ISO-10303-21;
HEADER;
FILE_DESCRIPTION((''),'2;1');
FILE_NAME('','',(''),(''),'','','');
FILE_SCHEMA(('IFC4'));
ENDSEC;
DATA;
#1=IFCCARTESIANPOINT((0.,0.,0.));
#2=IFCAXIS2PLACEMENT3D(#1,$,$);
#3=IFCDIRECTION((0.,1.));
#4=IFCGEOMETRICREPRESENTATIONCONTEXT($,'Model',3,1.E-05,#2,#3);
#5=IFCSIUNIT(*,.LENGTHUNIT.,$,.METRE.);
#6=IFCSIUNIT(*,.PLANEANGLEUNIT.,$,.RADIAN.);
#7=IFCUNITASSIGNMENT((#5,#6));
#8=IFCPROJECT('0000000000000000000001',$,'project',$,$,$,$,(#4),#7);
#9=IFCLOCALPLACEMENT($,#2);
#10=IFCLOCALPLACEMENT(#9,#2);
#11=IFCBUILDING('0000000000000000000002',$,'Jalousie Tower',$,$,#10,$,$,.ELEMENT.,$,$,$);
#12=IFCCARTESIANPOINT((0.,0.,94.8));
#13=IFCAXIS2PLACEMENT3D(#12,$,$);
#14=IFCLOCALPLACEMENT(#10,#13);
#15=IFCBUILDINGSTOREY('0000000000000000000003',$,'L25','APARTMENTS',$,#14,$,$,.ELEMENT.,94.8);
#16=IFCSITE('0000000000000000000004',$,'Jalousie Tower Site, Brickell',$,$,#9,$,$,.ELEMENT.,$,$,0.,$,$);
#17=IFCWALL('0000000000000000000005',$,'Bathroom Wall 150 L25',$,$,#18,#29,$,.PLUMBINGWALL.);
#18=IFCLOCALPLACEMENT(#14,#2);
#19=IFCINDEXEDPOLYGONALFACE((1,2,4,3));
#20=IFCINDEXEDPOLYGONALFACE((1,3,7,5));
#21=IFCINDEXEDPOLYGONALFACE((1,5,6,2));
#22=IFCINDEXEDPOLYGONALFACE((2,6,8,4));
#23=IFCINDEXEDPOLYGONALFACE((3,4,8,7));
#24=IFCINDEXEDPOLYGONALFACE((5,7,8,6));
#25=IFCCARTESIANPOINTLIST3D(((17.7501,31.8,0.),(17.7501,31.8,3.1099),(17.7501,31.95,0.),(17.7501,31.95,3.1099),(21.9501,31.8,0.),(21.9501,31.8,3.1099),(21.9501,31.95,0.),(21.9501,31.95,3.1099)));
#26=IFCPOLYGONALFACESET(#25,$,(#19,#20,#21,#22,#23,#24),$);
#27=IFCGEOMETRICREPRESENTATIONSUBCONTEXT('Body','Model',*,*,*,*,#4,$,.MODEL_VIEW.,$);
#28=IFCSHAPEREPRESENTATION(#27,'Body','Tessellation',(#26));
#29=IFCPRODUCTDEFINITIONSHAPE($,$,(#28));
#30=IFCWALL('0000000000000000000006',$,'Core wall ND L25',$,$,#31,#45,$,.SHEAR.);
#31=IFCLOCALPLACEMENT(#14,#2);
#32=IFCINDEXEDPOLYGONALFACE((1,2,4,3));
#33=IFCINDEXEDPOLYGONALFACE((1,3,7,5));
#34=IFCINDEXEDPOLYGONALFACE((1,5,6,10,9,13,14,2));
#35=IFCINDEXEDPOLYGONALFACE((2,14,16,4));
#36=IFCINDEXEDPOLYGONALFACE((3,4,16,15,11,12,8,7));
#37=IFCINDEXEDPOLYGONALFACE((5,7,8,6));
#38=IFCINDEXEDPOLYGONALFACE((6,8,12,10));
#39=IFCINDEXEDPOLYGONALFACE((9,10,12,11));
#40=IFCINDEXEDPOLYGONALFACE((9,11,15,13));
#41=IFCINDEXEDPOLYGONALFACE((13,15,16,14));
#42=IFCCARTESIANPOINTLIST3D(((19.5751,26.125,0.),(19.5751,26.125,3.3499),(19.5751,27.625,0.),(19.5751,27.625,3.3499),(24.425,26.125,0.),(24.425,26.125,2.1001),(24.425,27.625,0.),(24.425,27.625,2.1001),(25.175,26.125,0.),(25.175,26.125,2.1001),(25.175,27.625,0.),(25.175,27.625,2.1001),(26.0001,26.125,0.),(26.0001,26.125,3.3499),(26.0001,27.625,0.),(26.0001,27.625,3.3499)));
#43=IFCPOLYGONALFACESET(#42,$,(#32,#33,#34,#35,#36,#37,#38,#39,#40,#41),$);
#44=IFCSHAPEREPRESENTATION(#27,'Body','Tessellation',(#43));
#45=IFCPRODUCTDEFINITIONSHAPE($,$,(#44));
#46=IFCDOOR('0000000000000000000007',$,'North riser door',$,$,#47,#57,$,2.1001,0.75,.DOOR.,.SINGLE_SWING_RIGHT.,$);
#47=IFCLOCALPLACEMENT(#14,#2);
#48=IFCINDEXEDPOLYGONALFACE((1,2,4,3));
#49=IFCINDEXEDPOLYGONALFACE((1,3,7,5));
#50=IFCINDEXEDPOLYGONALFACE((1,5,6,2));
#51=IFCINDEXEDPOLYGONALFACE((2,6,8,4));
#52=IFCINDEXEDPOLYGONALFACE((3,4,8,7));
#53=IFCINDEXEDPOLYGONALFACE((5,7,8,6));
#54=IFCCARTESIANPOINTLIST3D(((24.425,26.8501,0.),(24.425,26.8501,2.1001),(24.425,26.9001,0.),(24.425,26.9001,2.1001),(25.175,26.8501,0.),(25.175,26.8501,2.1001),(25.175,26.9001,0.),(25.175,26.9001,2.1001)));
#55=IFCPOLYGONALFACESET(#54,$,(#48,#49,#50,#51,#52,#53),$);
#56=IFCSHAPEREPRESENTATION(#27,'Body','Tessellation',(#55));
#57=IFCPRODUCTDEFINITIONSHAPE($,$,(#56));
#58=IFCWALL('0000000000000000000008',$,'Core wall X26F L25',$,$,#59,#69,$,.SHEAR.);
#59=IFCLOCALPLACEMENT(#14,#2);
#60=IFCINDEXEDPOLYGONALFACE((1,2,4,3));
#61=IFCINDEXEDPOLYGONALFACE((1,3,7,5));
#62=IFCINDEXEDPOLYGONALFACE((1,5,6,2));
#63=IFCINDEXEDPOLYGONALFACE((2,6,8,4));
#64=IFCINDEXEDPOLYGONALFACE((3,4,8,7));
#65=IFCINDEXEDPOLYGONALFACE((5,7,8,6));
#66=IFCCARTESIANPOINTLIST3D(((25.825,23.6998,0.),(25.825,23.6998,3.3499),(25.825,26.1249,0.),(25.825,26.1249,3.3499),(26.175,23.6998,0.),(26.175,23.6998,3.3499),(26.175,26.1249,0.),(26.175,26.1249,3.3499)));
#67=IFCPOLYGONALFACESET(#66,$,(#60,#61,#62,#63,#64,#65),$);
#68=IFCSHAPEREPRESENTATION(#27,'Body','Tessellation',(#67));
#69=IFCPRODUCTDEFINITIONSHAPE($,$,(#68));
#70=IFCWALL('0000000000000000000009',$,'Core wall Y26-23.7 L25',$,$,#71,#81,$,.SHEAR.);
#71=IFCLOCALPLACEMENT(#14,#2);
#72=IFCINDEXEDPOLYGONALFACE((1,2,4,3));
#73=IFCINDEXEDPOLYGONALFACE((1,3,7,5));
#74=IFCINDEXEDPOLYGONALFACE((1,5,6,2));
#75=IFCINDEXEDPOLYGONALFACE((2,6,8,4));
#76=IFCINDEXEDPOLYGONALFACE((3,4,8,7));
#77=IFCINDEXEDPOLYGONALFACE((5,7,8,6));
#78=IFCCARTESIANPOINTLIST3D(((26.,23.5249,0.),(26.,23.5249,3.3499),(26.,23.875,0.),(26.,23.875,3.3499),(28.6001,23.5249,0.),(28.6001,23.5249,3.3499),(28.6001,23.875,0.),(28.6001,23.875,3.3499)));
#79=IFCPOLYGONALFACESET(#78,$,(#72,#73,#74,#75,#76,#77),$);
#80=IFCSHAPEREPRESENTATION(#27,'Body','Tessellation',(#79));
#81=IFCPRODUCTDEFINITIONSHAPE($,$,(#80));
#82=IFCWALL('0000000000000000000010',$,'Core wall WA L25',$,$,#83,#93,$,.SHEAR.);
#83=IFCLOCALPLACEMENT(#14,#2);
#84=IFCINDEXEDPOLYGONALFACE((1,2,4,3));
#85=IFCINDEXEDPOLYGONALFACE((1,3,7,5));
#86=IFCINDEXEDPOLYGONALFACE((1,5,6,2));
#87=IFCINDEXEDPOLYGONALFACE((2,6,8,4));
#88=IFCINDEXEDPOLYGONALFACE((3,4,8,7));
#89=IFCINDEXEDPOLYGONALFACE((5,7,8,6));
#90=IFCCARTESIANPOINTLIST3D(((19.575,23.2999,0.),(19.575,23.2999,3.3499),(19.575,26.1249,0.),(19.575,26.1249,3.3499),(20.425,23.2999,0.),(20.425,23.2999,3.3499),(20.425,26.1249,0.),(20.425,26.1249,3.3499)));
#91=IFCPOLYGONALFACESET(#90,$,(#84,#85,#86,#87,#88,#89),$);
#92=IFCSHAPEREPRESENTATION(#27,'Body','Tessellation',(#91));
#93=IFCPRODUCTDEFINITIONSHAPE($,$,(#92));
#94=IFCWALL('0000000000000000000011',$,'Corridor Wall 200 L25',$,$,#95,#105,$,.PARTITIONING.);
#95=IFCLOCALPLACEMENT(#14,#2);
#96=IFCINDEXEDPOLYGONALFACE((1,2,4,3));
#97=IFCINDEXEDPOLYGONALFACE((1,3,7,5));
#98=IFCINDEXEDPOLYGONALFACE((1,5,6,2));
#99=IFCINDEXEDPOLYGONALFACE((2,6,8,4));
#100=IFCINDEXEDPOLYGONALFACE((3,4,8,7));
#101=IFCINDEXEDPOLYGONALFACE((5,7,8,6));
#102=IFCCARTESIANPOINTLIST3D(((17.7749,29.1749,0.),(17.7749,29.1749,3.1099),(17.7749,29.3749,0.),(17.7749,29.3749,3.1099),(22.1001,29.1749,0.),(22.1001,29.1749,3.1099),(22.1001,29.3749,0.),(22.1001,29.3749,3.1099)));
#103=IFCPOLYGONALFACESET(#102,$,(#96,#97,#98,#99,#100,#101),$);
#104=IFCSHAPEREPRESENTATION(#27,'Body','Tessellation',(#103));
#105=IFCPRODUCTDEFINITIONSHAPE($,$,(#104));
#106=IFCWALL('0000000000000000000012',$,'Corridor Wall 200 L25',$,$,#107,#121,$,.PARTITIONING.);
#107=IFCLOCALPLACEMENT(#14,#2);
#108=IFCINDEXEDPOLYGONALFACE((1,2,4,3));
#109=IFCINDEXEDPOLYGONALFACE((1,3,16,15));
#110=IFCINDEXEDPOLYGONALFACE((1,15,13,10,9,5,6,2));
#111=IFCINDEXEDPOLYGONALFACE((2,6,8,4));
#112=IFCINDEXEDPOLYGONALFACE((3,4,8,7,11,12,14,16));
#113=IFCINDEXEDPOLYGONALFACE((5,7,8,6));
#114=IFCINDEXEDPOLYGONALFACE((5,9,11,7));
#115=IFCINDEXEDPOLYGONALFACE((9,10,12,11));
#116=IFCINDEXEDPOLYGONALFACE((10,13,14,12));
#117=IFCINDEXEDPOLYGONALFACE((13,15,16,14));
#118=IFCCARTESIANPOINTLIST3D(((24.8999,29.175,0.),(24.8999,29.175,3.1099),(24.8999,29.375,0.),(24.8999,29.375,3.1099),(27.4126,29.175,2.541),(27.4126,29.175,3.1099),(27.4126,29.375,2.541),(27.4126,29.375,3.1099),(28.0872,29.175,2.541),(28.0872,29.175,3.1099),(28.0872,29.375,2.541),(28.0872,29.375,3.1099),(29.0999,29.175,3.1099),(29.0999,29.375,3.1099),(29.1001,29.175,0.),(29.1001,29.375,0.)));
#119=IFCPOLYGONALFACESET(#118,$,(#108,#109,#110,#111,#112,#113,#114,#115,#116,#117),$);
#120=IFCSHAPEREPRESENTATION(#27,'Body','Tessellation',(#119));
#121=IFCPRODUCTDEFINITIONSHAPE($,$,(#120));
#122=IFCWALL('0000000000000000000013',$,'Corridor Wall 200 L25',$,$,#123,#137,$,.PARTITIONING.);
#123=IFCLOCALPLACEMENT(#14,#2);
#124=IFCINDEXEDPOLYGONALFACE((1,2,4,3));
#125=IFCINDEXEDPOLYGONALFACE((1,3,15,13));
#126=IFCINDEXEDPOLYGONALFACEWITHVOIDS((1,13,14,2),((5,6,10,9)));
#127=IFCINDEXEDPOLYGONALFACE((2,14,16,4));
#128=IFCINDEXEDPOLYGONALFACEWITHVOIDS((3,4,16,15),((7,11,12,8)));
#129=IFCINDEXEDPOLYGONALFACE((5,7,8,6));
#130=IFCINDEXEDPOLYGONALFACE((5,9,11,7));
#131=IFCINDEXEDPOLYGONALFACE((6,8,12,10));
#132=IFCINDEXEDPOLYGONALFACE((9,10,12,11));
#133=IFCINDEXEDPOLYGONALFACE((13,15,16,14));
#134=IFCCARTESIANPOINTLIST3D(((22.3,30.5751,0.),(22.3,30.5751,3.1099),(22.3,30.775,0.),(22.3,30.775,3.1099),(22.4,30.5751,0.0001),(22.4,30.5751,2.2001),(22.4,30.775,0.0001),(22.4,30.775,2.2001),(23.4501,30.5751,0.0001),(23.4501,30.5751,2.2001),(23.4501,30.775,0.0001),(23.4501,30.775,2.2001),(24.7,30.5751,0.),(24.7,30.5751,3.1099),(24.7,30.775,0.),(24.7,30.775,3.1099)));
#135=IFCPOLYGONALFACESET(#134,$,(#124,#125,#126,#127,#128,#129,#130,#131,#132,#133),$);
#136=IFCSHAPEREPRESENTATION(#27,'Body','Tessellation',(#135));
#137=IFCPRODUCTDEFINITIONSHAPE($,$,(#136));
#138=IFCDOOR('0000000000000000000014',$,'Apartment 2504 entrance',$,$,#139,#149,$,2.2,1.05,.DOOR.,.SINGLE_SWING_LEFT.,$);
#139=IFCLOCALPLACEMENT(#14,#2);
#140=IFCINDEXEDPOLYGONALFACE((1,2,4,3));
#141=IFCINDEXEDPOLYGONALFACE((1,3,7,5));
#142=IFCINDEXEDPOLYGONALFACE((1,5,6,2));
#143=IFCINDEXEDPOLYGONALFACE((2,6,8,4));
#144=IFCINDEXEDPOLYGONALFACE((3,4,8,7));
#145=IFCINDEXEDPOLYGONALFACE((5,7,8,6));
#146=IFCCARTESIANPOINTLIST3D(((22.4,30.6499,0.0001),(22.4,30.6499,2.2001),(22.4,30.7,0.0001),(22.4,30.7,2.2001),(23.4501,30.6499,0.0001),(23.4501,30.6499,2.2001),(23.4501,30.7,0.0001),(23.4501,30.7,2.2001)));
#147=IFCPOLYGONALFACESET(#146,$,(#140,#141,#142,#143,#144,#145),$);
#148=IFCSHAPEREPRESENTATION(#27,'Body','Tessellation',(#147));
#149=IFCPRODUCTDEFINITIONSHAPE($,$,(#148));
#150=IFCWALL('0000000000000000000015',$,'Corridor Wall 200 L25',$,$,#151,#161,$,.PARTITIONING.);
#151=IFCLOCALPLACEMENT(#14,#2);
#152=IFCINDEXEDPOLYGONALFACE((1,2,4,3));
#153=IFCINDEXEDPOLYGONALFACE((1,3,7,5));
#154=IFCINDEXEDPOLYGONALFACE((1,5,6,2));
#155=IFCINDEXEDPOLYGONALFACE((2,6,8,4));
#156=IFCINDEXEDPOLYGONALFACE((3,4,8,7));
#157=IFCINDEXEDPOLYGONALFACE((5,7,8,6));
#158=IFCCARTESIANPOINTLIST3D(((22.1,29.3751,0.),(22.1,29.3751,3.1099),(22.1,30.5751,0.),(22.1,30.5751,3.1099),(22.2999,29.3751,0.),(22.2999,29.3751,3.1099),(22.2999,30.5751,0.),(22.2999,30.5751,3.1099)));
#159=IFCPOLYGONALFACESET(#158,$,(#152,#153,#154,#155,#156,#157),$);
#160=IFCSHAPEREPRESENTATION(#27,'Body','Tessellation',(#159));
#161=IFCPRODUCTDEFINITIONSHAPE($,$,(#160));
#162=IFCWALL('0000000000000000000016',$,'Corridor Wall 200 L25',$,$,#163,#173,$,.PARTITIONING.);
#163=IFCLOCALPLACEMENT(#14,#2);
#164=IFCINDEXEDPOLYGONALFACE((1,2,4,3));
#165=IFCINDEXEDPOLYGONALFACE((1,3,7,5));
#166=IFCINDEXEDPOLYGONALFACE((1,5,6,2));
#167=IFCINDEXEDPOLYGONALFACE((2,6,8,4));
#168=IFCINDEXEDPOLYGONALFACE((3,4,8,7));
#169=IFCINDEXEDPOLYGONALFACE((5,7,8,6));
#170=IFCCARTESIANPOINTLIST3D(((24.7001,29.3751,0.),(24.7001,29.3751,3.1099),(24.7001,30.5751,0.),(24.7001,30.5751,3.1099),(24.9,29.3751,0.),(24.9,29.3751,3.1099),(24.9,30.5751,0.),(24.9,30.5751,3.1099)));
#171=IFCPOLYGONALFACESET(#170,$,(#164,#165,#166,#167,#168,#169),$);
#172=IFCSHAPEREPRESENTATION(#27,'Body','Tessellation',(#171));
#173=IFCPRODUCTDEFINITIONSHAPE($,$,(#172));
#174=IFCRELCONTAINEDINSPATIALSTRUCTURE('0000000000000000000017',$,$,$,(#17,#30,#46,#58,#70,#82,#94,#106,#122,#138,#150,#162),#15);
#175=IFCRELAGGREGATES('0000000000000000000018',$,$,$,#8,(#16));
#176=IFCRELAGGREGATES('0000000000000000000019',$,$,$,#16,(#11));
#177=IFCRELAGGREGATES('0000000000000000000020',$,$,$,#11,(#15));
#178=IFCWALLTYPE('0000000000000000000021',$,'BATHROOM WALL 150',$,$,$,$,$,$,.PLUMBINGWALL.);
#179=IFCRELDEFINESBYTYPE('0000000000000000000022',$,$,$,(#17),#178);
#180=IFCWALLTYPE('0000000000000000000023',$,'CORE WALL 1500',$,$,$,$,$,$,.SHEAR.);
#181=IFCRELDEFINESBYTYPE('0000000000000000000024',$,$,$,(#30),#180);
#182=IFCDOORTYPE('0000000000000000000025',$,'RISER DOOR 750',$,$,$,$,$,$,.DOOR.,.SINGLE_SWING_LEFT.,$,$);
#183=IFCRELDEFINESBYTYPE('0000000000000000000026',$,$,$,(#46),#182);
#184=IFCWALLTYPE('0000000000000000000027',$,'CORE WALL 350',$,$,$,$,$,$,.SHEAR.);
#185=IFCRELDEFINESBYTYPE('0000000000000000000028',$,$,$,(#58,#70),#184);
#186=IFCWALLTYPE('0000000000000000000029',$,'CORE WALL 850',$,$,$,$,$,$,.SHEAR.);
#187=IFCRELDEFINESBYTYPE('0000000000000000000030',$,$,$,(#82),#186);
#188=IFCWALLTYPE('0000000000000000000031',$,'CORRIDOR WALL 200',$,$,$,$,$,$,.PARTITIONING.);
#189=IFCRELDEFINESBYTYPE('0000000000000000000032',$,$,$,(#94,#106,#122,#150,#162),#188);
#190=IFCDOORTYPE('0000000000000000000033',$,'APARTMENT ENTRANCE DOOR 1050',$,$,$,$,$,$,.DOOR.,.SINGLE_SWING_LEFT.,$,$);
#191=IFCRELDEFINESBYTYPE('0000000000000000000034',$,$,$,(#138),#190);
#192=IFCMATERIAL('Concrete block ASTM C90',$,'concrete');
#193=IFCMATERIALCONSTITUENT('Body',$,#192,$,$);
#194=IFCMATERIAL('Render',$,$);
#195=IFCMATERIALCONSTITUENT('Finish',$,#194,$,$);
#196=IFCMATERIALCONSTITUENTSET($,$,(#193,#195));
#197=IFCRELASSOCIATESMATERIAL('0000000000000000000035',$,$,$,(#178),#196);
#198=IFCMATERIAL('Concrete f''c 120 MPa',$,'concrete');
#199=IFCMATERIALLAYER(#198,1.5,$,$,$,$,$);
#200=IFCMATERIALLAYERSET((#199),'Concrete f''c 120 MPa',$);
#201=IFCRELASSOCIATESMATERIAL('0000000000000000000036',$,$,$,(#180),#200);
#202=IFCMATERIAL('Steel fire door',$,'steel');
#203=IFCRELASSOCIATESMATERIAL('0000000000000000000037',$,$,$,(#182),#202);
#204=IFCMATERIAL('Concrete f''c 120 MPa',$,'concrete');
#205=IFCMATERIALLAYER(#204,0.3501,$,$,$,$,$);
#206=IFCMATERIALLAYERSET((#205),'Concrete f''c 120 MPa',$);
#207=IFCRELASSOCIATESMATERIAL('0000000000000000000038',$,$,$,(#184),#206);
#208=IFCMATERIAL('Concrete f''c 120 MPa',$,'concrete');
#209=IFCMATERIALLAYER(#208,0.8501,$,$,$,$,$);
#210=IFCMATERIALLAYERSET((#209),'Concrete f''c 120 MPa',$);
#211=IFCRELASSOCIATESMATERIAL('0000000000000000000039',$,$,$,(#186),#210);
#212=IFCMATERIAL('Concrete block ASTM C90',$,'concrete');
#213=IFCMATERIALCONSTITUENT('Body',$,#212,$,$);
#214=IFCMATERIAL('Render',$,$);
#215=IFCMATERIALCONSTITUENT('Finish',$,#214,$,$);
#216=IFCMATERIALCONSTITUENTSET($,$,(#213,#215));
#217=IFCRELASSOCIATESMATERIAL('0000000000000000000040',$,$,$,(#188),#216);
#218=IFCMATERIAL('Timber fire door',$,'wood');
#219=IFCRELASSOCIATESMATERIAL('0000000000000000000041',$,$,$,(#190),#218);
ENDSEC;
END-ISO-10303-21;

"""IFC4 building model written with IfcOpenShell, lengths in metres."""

from ifc_helpers import new_model, si_unit, direction, frame, frame_2d, origin, place, context, subcontext, project, spatial, polyline, rectangle, outline, extrude, material, layer, layer_set, constituent, constituent_set, type_object, element, fill, save


model = new_model("IFC4")

# Units and contexts
model_context = context("Model", 3, precision=1e-05, world=origin(), true_north=direction((0.0, 1.0)))
body_context = subcontext(model_context, "Body", "Model", "MODEL_VIEW")
ifc_project = project(units=[si_unit("LENGTHUNIT", "METRE"), si_unit("PLANEANGLEUNIT", "RADIAN")], contexts=[model_context])

# Site, building, storey
site_placement = place(None, origin())
site = spatial("IfcSite", under=ifc_project, at=site_placement, Name="Jalousie Tower Site, Brickell", CompositionType="ELEMENT", RefElevation=0.0)
building_placement = place(site_placement, origin())
building = spatial("IfcBuilding", under=site, at=building_placement, Name="Jalousie Tower", CompositionType="ELEMENT")
storey_placement = place(building_placement, frame((0.0, 0.0, 94.8)))
storey = spatial("IfcBuildingStorey", under=building, at=storey_placement, Name="L25", Description="APARTMENTS", CompositionType="ELEMENT", Elevation=94.8)

# Wall
ifc_material_1 = material(Name="Concrete block ASTM C90", Category="concrete")
ifc_constituent_1 = constituent(ifc_material_1, Name="Body")
ifc_material_2 = material(Name="Render")
ifc_constituent_2 = constituent(ifc_material_2, Name="Finish")
ifc_constituent_set_1 = constituent_set(constituents=[ifc_constituent_1, ifc_constituent_2])
wall_type_1 = type_object("IfcWallType", Name="BATHROOM WALL 150", PredefinedType="PLUMBINGWALL", material=ifc_constituent_set_1)
wall_1_placement = place(storey_placement, frame((17.75, 31.875, 0.0), z_axis=(0.0, 0.0, 1.0), x_axis=(1.0, 0.0, 0.0)))
element("IfcWall", 1, at=wall_1_placement, inside=storey, type_object=wall_type_1, Name="Bathroom Wall 150 L25", PredefinedType="PLUMBINGWALL", context=body_context, shape_type="SweptSolid", body=[
    extrude(rectangle(XDim=4.2, YDim=0.1499, at=frame_2d((2.1001, 0.0))), origin(), (0.0, 0.0, 1.0), 3.1099),
])

# Wall, opening, door
ifc_material_3 = material(Name="Concrete f'c 120 MPa", Category="concrete")
ifc_layer_1 = layer(ifc_material_3, 1.5)
ifc_layer_set_1 = layer_set([ifc_layer_1], Name="Concrete f'c 120 MPa")
wall_type_2 = type_object("IfcWallType", Name="CORE WALL 1500", PredefinedType="SHEAR", material=ifc_layer_set_1)
wall_2_placement = place(storey_placement, frame((26.0, 26.875, 0.0), z_axis=(0.0, 0.0, 1.0), x_axis=(-1.0, 0.0, 0.0)))
wall_2 = element("IfcWall", 2, at=wall_2_placement, inside=storey, type_object=wall_type_2, Name="Core wall ND L25", PredefinedType="SHEAR", context=body_context, shape_type="SweptSolid", body=[
    extrude(rectangle(XDim=6.425, YDim=1.5, at=frame_2d((3.2124, 0.0))), origin(), (0.0, 0.0, 1.0), 3.3499),
])
opening_1_placement = place(wall_2_placement, frame((0.825, 0.0, 0.0)))
opening_1 = element("IfcOpeningElement", 3, at=opening_1_placement, cuts=wall_2, PredefinedType="OPENING", context=body_context, shape_type="SweptSolid", body=[
    extrude(rectangle(XDim=0.75, YDim=2.1001, at=frame_2d((0.375, 1.05))), frame((0.0, 0.76, 0.0), z_axis=(0.0, -1.0, 0.0), x_axis=(1.0, 0.0, 0.0)), (0.0, 0.0, 1.0), 1.52),
])
ifc_material_4 = material(Name="Steel fire door", Category="steel")
door_type_1 = type_object("IfcDoorType", Name="RISER DOOR 750", OperationType="SINGLE_SWING_LEFT", PredefinedType="DOOR", material=ifc_material_4)
door_1_placement = place(opening_1_placement, origin())
door_1 = element("IfcDoor", 4, at=door_1_placement, inside=storey, type_object=door_type_1, Name="North riser door", OperationType="SINGLE_SWING_RIGHT", OverallHeight=2.1001, OverallWidth=0.75, PredefinedType="DOOR", context=body_context, shape_type="SweptSolid", body=[
    extrude(rectangle(XDim=0.75, YDim=2.1001, at=frame_2d((0.375, 1.05))), frame((0.0, 0.0249, 0.0), z_axis=(0.0, -1.0, 0.0), x_axis=(1.0, 0.0, 0.0)), (0.0, 0.0, 1.0), 0.05),
])
fill(opening_1, door_1)

# Walls
ifc_material_5 = material(Name="Concrete f'c 120 MPa", Category="concrete")
ifc_layer_2 = layer(ifc_material_5, 0.3501)
ifc_layer_set_2 = layer_set([ifc_layer_2], Name="Concrete f'c 120 MPa")
wall_type_3 = type_object("IfcWallType", Name="CORE WALL 350", PredefinedType="SHEAR", material=ifc_layer_set_2)
wall_3_placement = place(storey_placement, frame((26.0, 23.7, 0.0), z_axis=(0.0, 0.0, 1.0), x_axis=(0.0, 1.0, 0.0)))
element("IfcWall", 5, at=wall_3_placement, inside=storey, type_object=wall_type_3, Name="Core wall X26F L25", PredefinedType="SHEAR", context=body_context, shape_type="SweptSolid", body=[
    extrude(rectangle(XDim=2.425, YDim=0.3501, at=frame_2d((1.2124, 0.0))), origin(), (0.0, 0.0, 1.0), 3.3499),
])
wall_4_placement = place(storey_placement, frame((26.0, 23.7, 0.0), z_axis=(0.0, 0.0, 1.0), x_axis=(1.0, 0.0, 0.0)))
element("IfcWall", 6, at=wall_4_placement, inside=storey, type_object=wall_type_3, Name="Core wall Y26-23.7 L25", PredefinedType="SHEAR", context=body_context, shape_type="SweptSolid", body=[
    extrude(rectangle(XDim=2.6001, YDim=0.3501, at=frame_2d((1.3, 0.0))), origin(), (0.0, 0.0, 1.0), 3.3499),
])
ifc_material_6 = material(Name="Concrete f'c 120 MPa", Category="concrete")
ifc_layer_3 = layer(ifc_material_6, 0.8501)
ifc_layer_set_3 = layer_set([ifc_layer_3], Name="Concrete f'c 120 MPa")
wall_type_4 = type_object("IfcWallType", Name="CORE WALL 850", PredefinedType="SHEAR", material=ifc_layer_set_3)
wall_5_placement = place(storey_placement, frame((20.0, 26.125, 0.0), z_axis=(0.0, 0.0, 1.0), x_axis=(0.0, -1.0, 0.0)))
element("IfcWall", 7, at=wall_5_placement, inside=storey, type_object=wall_type_4, Name="Core wall WA L25", PredefinedType="SHEAR", context=body_context, shape_type="SweptSolid", body=[
    extrude(rectangle(XDim=2.825, YDim=0.8501, at=frame_2d((1.4126, 0.0))), origin(), (0.0, 0.0, 1.0), 3.3499),
])
ifc_material_7 = material(Name="Concrete block ASTM C90", Category="concrete")
ifc_constituent_3 = constituent(ifc_material_7, Name="Body")
ifc_material_8 = material(Name="Render")
ifc_constituent_4 = constituent(ifc_material_8, Name="Finish")
ifc_constituent_set_2 = constituent_set(constituents=[ifc_constituent_3, ifc_constituent_4])
wall_type_5 = type_object("IfcWallType", Name="CORRIDOR WALL 200", PredefinedType="PARTITIONING", material=ifc_constituent_set_2)
wall_6_placement = place(storey_placement, frame((17.7749, 29.2749, 0.0), z_axis=(0.0, 0.0, 1.0), x_axis=(1.0, 0.0, 0.0)))
element("IfcWall", 8, at=wall_6_placement, inside=storey, type_object=wall_type_5, Name="Corridor Wall 200 L25", PredefinedType="PARTITIONING", context=body_context, shape_type="SweptSolid", body=[
    extrude(rectangle(XDim=4.3252, YDim=0.2, at=frame_2d((2.1626, 0.0))), origin(), (0.0, 0.0, 1.0), 3.1099),
])
wall_7_placement = place(storey_placement, frame((24.8999, 29.2749, 0.0), z_axis=(0.0, 0.0, 1.0), x_axis=(1.0, 0.0, 0.0)))
element("IfcWall", 9, at=wall_7_placement, inside=storey, type_object=wall_type_5, Name="Corridor Wall 200 L25", PredefinedType="PARTITIONING", context=body_context, shape_type="SweptSolid", body=[
    extrude(outline(polyline([(0.0, 0.0), (4.2002, 0.0), (4.2, 3.1099), (3.1873, 3.1099), (3.1873, 2.541), (2.5127, 2.541), (2.5127, 3.1099), (0.0, 3.1099), (0.0, 0.0)])), frame((0.0, 0.1001, 0.0), z_axis=(0.0, -1.0, 0.0), x_axis=(1.0, 0.0, 0.0)), (0.0, 0.0, 1.0), 0.2),
])

# Wall, opening, door
wall_8_placement = place(storey_placement, frame((22.3, 30.675, 0.0), z_axis=(0.0, 0.0, 1.0), x_axis=(1.0, 0.0, 0.0)))
wall_8 = element("IfcWall", 10, at=wall_8_placement, inside=storey, type_object=wall_type_5, Name="Corridor Wall 200 L25", PredefinedType="PARTITIONING", context=body_context, shape_type="SweptSolid", body=[
    extrude(rectangle(XDim=2.3999, YDim=0.2, at=frame_2d((1.2, 0.0))), origin(), (0.0, 0.0, 1.0), 3.1099),
])
opening_2_placement = place(wall_8_placement, frame((0.1001, 0.0, 0.0)))
opening_2 = element("IfcOpeningElement", 11, at=opening_2_placement, cuts=wall_8, PredefinedType="OPENING", context=body_context, shape_type="SweptSolid", body=[
    extrude(rectangle(XDim=1.05, YDim=2.2, at=frame_2d((0.5249, 1.1001))), frame((0.0, 0.1099, 0.0), z_axis=(0.0, -1.0, 0.0), x_axis=(1.0, 0.0, 0.0)), (0.0, 0.0, 1.0), 0.22),
])
ifc_material_9 = material(Name="Timber fire door", Category="wood")
door_type_2 = type_object("IfcDoorType", Name="APARTMENT ENTRANCE DOOR 1050", OperationType="SINGLE_SWING_LEFT", PredefinedType="DOOR", material=ifc_material_9)
door_2_placement = place(opening_2_placement, origin())
door_2 = element("IfcDoor", 12, at=door_2_placement, inside=storey, type_object=door_type_2, Name="Apartment 2504 entrance", OperationType="SINGLE_SWING_LEFT", OverallHeight=2.2, OverallWidth=1.05, PredefinedType="DOOR", context=body_context, shape_type="SweptSolid", body=[
    extrude(rectangle(XDim=1.05, YDim=2.2, at=frame_2d((0.5249, 1.1001))), frame((0.0, 0.0249, 0.0), z_axis=(0.0, -1.0, 0.0), x_axis=(1.0, 0.0, 0.0)), (0.0, 0.0, 1.0), 0.05),
])
fill(opening_2, door_2)

# Walls
for number, where, z_axis, x_axis, name in (
    (13, (22.2, 29.375, 0.0), (0.0, 0.0, 1.0), (0.0, 1.0, 0.0), "Corridor Wall 200 L25"),
    (14, (24.8, 29.375, 0.0), (0.0, 0.0, 1.0), (0.0, 1.0, 0.0), "Corridor Wall 200 L25"),
):
    element("IfcWall", number, at=place(storey_placement, frame(where, z_axis=z_axis, x_axis=x_axis)), inside=storey, type_object=wall_type_5, Name=name, PredefinedType="PARTITIONING", context=body_context, shape_type="SweptSolid", body=[
        extrude(rectangle(XDim=1.2, YDim=0.2, at=frame_2d((0.6001, 0.0))), origin(), (0.0, 0.0, 1.0), 3.1099),
    ])

save(model, "model.ifc")
